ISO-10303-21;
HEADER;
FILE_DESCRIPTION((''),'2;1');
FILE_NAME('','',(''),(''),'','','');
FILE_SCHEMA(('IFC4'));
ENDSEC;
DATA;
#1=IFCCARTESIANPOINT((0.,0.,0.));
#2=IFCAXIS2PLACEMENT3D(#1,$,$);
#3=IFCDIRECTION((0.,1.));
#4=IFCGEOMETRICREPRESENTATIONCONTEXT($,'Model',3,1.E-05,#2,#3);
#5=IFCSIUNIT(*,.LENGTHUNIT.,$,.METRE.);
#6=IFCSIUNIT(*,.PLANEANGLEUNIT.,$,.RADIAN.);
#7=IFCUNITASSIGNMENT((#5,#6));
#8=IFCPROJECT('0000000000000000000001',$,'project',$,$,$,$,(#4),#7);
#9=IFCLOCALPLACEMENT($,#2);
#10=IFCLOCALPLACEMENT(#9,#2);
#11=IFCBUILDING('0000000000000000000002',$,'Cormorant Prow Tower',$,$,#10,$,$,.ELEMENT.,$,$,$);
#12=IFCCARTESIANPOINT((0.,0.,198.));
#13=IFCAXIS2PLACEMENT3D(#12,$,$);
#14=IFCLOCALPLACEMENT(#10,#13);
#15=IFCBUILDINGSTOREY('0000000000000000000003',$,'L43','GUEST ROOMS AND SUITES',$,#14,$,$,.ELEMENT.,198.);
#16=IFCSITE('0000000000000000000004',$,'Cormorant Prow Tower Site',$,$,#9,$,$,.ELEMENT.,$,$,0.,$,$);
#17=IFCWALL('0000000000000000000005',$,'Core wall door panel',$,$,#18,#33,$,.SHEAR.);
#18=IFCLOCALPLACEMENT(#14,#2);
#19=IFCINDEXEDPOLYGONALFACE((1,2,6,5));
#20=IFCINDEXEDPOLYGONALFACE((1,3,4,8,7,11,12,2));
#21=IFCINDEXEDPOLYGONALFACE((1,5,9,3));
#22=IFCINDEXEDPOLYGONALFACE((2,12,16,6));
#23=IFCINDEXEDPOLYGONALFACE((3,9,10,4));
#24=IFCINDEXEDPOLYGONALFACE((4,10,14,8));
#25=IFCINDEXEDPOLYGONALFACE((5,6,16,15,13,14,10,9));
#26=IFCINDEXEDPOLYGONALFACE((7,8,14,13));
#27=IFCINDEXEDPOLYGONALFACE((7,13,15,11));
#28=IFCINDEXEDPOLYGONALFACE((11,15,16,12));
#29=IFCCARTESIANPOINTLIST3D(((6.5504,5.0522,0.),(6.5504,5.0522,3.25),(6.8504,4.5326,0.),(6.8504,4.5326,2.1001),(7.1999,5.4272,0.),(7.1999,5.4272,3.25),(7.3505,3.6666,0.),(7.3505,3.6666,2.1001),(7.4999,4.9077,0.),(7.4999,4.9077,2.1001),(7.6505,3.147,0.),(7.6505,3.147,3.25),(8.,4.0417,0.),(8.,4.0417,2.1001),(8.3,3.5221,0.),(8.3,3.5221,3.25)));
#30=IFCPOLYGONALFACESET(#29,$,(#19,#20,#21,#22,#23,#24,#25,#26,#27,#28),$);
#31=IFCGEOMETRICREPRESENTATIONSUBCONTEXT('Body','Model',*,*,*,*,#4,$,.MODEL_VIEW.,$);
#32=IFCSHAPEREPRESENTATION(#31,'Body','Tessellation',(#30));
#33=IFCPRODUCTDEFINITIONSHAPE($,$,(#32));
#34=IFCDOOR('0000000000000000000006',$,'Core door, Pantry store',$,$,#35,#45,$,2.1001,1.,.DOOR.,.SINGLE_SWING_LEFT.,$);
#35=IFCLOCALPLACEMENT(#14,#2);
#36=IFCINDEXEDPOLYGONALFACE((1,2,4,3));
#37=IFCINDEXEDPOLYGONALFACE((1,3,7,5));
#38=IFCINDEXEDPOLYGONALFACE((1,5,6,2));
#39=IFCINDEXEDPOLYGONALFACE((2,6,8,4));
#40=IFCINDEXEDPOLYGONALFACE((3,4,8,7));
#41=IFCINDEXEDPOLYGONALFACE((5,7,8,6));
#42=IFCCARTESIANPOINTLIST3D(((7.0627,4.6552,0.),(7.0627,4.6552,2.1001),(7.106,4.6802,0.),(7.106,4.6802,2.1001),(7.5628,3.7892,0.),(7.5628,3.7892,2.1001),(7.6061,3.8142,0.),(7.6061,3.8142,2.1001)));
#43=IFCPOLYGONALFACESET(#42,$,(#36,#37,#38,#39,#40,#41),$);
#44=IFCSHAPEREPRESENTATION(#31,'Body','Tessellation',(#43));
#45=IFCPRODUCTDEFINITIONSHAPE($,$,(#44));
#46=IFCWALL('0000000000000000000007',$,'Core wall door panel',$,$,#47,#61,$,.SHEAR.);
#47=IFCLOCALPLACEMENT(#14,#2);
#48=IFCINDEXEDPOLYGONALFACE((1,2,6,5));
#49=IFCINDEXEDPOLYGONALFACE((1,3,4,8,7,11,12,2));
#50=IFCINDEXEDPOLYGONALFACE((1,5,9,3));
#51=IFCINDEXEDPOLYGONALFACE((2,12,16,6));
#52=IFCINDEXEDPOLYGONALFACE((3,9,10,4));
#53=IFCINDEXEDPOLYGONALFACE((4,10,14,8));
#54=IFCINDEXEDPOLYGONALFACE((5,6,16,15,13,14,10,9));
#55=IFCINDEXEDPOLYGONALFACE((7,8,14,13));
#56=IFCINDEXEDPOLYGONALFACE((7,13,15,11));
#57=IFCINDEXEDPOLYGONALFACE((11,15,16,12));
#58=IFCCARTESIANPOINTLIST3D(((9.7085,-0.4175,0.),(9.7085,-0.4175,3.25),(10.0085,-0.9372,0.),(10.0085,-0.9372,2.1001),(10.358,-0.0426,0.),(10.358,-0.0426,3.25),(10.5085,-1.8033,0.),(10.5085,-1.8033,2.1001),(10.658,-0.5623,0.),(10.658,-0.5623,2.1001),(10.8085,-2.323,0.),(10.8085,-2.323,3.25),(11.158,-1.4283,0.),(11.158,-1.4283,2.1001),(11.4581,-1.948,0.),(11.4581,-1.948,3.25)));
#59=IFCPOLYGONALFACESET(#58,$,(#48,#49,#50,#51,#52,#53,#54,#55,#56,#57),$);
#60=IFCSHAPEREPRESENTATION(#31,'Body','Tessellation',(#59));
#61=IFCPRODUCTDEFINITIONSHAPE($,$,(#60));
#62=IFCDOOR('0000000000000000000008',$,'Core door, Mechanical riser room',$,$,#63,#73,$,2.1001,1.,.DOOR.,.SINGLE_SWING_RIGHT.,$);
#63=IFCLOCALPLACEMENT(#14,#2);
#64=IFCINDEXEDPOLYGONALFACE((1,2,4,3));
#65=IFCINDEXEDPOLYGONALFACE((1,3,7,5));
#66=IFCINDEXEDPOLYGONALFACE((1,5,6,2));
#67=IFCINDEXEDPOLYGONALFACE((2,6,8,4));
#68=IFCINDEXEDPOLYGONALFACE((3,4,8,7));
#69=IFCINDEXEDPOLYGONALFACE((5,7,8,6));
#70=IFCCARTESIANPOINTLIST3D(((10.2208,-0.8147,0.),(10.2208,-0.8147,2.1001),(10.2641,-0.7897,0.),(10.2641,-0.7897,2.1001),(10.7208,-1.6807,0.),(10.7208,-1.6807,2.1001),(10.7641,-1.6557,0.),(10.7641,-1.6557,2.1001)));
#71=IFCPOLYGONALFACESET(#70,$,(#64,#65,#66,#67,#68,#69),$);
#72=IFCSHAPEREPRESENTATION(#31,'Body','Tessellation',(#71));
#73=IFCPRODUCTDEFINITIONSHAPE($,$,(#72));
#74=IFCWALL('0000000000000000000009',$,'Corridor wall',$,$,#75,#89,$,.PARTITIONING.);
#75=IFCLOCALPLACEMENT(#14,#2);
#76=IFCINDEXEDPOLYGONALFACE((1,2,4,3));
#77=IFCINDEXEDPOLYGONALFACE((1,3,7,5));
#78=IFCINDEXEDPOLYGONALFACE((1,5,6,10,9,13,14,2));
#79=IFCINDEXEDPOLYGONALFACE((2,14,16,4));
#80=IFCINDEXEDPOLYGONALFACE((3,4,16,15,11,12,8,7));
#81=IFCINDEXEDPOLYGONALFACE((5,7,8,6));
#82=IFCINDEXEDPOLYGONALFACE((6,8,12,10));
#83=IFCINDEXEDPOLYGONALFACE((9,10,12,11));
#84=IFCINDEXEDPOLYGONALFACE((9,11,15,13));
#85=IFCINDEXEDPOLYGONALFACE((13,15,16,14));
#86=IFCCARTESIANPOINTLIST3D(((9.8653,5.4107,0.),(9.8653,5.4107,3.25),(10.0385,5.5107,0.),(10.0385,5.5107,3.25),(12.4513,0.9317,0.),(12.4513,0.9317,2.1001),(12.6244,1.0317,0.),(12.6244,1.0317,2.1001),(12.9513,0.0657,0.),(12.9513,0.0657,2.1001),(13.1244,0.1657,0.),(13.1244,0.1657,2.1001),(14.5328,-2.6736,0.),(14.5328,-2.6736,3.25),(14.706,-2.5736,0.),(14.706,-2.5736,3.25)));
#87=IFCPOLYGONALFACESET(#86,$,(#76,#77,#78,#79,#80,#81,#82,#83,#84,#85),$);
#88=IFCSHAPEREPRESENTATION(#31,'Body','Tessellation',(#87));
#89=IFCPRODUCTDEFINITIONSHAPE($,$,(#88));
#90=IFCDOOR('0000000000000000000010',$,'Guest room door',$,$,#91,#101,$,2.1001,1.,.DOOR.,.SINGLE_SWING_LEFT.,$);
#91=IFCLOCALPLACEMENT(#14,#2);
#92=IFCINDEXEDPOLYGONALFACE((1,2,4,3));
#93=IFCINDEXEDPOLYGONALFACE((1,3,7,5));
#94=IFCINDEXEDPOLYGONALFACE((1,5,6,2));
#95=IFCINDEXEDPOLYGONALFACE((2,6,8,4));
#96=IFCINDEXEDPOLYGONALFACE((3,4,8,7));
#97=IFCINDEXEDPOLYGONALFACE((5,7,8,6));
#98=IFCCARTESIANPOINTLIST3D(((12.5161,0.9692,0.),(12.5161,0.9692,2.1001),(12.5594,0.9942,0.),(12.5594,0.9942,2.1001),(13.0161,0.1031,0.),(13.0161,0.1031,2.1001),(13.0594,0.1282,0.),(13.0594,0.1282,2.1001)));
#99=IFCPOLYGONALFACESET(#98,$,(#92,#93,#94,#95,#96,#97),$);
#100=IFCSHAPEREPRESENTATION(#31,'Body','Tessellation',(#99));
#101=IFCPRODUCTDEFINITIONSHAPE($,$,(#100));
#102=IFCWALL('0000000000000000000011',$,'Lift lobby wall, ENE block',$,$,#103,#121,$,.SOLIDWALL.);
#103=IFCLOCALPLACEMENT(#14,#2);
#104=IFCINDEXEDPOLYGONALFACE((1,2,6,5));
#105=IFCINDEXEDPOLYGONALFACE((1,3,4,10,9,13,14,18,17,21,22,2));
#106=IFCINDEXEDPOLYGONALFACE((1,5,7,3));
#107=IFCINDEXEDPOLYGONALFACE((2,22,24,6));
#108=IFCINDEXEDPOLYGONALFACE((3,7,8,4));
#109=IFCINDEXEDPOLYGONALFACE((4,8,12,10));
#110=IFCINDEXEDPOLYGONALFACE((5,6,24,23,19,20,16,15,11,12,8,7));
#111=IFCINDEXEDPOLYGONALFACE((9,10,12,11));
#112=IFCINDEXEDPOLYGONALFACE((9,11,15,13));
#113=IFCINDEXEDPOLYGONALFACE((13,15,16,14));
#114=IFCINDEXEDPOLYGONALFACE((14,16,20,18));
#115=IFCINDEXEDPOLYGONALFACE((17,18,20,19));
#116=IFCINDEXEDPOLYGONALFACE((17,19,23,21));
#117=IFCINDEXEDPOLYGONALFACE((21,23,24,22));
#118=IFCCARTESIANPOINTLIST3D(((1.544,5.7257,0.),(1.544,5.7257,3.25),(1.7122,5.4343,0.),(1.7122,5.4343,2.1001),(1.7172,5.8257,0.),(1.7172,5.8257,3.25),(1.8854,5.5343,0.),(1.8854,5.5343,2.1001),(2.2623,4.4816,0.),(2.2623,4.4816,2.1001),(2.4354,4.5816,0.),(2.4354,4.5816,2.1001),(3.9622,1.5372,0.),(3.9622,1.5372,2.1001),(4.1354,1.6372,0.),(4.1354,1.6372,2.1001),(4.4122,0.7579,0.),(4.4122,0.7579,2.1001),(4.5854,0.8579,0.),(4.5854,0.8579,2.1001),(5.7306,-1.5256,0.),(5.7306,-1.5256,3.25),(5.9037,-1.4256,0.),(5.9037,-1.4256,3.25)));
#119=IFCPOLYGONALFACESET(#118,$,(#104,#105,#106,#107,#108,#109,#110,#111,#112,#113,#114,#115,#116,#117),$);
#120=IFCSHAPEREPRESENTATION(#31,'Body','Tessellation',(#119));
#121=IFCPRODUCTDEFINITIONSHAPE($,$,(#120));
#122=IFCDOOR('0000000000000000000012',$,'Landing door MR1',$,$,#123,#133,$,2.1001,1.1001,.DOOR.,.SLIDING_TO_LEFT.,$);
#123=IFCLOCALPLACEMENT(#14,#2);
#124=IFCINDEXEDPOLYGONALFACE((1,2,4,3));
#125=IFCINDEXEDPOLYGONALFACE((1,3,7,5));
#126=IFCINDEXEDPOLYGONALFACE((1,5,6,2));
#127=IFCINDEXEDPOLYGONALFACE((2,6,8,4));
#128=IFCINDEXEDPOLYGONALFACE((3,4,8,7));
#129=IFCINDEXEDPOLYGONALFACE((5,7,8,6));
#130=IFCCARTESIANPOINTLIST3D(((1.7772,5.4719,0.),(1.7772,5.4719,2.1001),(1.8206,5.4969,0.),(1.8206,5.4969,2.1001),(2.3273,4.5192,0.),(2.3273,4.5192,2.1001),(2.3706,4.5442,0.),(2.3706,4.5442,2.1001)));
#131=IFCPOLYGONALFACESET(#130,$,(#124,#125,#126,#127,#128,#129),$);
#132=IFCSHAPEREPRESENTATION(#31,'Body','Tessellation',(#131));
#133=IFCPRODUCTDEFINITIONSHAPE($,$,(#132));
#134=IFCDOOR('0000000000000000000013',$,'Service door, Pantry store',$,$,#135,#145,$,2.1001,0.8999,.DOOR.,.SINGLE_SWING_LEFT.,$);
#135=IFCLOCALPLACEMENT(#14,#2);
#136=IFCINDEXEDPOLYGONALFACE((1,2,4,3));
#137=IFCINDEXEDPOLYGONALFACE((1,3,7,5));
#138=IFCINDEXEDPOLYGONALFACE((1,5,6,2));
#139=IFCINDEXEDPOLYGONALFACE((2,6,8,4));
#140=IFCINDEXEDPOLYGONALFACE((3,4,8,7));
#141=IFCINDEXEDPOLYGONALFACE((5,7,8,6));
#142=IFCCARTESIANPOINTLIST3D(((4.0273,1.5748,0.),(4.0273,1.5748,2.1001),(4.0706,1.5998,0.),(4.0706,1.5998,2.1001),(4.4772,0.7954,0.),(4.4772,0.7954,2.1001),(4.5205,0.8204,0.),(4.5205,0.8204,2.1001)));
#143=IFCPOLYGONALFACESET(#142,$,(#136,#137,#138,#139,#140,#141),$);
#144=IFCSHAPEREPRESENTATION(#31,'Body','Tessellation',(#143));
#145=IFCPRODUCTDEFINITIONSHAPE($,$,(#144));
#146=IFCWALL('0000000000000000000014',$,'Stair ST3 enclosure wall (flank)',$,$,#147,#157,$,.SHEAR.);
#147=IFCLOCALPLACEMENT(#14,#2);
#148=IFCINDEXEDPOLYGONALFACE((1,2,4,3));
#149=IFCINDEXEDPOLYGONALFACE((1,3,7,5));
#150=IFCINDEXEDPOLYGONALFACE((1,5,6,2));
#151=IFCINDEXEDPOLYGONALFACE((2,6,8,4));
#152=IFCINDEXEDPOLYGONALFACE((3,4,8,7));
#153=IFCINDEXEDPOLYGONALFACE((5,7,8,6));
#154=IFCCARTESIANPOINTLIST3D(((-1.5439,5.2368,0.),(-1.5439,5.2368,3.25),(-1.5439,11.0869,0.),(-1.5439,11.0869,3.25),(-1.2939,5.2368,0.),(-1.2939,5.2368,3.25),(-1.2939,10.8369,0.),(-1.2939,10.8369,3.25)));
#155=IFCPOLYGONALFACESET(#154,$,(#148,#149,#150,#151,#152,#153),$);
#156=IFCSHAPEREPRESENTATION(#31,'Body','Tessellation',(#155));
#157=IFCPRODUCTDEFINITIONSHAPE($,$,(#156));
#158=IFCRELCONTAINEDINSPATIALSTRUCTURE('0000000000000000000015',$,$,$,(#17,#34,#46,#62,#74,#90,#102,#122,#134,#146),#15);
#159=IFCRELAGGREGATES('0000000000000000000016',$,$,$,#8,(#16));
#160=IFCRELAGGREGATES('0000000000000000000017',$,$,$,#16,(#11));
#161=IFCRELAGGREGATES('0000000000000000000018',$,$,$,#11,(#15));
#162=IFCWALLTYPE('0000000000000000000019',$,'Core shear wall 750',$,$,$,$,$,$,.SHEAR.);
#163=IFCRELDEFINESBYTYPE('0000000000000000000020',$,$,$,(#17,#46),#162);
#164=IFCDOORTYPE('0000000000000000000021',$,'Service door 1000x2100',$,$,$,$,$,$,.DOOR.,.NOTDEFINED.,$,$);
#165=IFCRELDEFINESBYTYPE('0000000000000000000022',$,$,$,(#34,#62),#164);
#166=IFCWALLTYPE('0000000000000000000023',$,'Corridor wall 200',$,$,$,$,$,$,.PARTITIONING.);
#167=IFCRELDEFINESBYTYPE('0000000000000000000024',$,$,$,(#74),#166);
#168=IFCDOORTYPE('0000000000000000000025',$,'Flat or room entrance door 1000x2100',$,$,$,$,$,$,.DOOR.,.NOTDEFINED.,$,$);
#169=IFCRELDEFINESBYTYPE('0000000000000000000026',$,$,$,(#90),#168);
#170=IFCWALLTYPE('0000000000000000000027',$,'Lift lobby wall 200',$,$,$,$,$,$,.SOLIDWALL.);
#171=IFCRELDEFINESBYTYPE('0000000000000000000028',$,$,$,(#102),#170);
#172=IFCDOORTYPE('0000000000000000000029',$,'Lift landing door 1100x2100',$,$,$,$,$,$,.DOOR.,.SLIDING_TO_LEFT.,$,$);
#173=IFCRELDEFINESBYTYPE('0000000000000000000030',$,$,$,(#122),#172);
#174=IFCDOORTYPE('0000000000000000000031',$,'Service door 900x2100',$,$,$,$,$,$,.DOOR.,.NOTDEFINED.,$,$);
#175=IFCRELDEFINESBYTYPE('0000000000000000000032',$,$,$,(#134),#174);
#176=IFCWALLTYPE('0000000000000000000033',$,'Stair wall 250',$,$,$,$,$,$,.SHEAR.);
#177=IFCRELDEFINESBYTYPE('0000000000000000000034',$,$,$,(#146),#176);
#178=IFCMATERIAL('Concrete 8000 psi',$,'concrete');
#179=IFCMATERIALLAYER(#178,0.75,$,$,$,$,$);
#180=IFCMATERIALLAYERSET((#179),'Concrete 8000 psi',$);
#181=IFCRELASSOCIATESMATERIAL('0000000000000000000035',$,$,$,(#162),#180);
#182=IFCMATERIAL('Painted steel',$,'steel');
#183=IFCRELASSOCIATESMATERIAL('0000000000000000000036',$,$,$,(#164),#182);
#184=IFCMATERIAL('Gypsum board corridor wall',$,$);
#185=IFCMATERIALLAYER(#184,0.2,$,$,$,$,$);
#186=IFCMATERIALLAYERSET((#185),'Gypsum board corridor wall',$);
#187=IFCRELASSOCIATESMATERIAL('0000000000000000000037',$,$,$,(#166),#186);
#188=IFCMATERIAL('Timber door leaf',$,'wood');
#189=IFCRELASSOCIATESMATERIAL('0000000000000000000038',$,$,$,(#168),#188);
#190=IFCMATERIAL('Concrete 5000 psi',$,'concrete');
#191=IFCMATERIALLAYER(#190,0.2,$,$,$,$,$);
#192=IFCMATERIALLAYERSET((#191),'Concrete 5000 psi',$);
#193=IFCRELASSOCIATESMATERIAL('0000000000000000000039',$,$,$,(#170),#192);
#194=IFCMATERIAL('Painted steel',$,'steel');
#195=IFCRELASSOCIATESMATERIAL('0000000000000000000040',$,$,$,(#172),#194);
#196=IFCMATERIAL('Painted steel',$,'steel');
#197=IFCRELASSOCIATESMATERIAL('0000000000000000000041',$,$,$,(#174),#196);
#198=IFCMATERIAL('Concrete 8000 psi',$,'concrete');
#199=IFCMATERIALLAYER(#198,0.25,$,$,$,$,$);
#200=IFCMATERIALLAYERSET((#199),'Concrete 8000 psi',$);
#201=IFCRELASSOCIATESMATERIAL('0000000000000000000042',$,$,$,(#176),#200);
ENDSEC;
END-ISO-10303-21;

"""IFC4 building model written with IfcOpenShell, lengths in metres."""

from ifc_helpers import new_model, si_unit, direction, frame, frame_2d, origin, place, context, subcontext, project, spatial, polyline, rectangle, outline, extrude, material, layer, layer_set, type_object, element, fill, save


model = new_model("IFC4")

# Units and contexts
model_context = context("Model", 3, precision=1e-05, world=origin(), true_north=direction((0.0, 1.0)))
body_context = subcontext(model_context, "Body", "Model", "MODEL_VIEW")
ifc_project = project(units=[si_unit("LENGTHUNIT", "METRE"), si_unit("PLANEANGLEUNIT", "RADIAN")], contexts=[model_context])

# Site, building, storey
site_placement = place(None, origin())
site = spatial("IfcSite", under=ifc_project, at=site_placement, Name="Cormorant Prow Tower Site", CompositionType="ELEMENT", RefElevation=0.0)
building_placement = place(site_placement, origin())
building = spatial("IfcBuilding", under=site, at=building_placement, Name="Cormorant Prow Tower", CompositionType="ELEMENT")
storey_placement = place(building_placement, frame((0.0, 0.0, 198.0)))
storey = spatial("IfcBuildingStorey", under=building, at=storey_placement, Name="L43", Description="GUEST ROOMS AND SUITES", CompositionType="ELEMENT", Elevation=198.0)

# Shared definitions
ifc_material_1 = material(Name="Concrete 8000 psi", Category="concrete")
ifc_layer_1 = layer(ifc_material_1, 0.75)
ifc_layer_set_1 = layer_set([ifc_layer_1], Name="Concrete 8000 psi")
wall_type_1 = type_object("IfcWallType", Name="Core shear wall 750", PredefinedType="SHEAR", material=ifc_layer_set_1)

# Walls, openings, doors
wall_1_placement = place(storey_placement, frame((7.9753, 3.3345, 0.0), z_axis=(0.0, 0.0, 1.0), x_axis=(-0.500078, 0.86598, 0.0)))
wall_1 = element("IfcWall", 1, at=wall_1_placement, inside=storey, type_object=wall_type_1, Name="Core wall door panel", PredefinedType="SHEAR", context=body_context, shape_type="SweptSolid", body=[
    extrude(rectangle(XDim=2.2, YDim=0.75, at=frame_2d((1.1001, 0.0))), origin(), (0.0, 0.0, 1.0), 3.25),
])
opening_1_placement = place(wall_1_placement, frame((0.6001, 0.0, 0.0)))
opening_1 = element("IfcOpeningElement", 2, at=opening_1_placement, cuts=wall_1, PredefinedType="OPENING", context=body_context, shape_type="SweptSolid", body=[
    extrude(rectangle(XDim=1.0, YDim=2.1001, at=frame_2d((0.5, 1.05))), frame((0.0, 0.385, 0.0), z_axis=(0.0, -1.0, 0.0), x_axis=(1.0, 0.0, 0.0)), (0.0, 0.0, 1.0), 0.77),
])
ifc_material_2 = material(Name="Painted steel", Category="steel")
door_type_1 = type_object("IfcDoorType", Name="Service door 1000x2100", OperationType="NOTDEFINED", PredefinedType="DOOR", material=ifc_material_2)
door_1_placement = place(opening_1_placement, origin())
door_1 = element("IfcDoor", 3, at=door_1_placement, inside=storey, type_object=door_type_1, Name="Core door, Pantry store", OperationType="SINGLE_SWING_LEFT", OverallHeight=2.1001, OverallWidth=1.0, PredefinedType="DOOR", context=body_context, shape_type="SweptSolid", body=[
    extrude(rectangle(XDim=1.0, YDim=2.1001, at=frame_2d((0.5, 1.05))), frame((0.0, 0.1299, 0.0), z_axis=(0.0, -1.0, 0.0), x_axis=(1.0, 0.0, 0.0)), (0.0, 0.0, 1.0), 0.05),
])
fill(opening_1, door_1)
wall_2_placement = place(storey_placement, frame((11.1333, -2.1355, 0.0), z_axis=(0.0, 0.0, 1.0), x_axis=(-0.499982, 0.866036, 0.0)))
wall_2 = element("IfcWall", 4, at=wall_2_placement, inside=storey, type_object=wall_type_1, Name="Core wall door panel", PredefinedType="SHEAR", context=body_context, shape_type="SweptSolid", body=[
    extrude(rectangle(XDim=2.2002, YDim=0.75, at=frame_2d((1.1001, 0.0))), origin(), (0.0, 0.0, 1.0), 3.25),
])
opening_2_placement = place(wall_2_placement, frame((0.6001, 0.0, 0.0)))
opening_2 = element("IfcOpeningElement", 5, at=opening_2_placement, cuts=wall_2, PredefinedType="OPENING", context=body_context, shape_type="SweptSolid", body=[
    extrude(rectangle(XDim=1.0, YDim=2.1001, at=frame_2d((0.5, 1.05))), frame((0.0, 0.385, 0.0), z_axis=(0.0, -1.0, 0.0), x_axis=(1.0, 0.0, 0.0)), (0.0, 0.0, 1.0), 0.77),
])
door_2_placement = place(opening_2_placement, origin())
door_2 = element("IfcDoor", 6, at=door_2_placement, inside=storey, type_object=door_type_1, Name="Core door, Mechanical riser room", OperationType="SINGLE_SWING_RIGHT", OverallHeight=2.1001, OverallWidth=1.0, PredefinedType="DOOR", context=body_context, shape_type="SweptSolid", body=[
    extrude(rectangle(XDim=1.0, YDim=2.1001, at=frame_2d((0.5, 1.05))), frame((0.0, 0.1299, 0.0), z_axis=(0.0, -1.0, 0.0), x_axis=(1.0, 0.0, 0.0)), (0.0, 0.0, 1.0), 0.05),
])
fill(opening_2, door_2)
ifc_material_3 = material(Name="Gypsum board corridor wall")
ifc_layer_2 = layer(ifc_material_3, 0.2)
ifc_layer_set_2 = layer_set([ifc_layer_2], Name="Gypsum board corridor wall")
wall_type_2 = type_object("IfcWallType", Name="Corridor wall 200", PredefinedType="PARTITIONING", material=ifc_layer_set_2)
wall_3_placement = place(storey_placement, frame((9.9519, 5.4607, 0.0), z_axis=(0.0, 0.0, 1.0), x_axis=(0.500004, -0.866023, 0.0)))
wall_3 = element("IfcWall", 7, at=wall_3_placement, inside=storey, type_object=wall_type_2, Name="Corridor wall", PredefinedType="PARTITIONING", context=body_context, shape_type="SweptSolid", body=[
    extrude(rectangle(XDim=9.335, YDim=0.2, at=frame_2d((4.6675, 0.0))), origin(), (0.0, 0.0, 1.0), 3.25),
])
opening_3_placement = place(wall_3_placement, frame((5.1719, 0.0, 0.0)))
opening_3 = element("IfcOpeningElement", 8, at=opening_3_placement, cuts=wall_3, PredefinedType="OPENING", context=body_context, shape_type="SweptSolid", body=[
    extrude(rectangle(XDim=1.0, YDim=2.1001, at=frame_2d((0.5, 1.05))), frame((0.0, 0.1099, 0.0), z_axis=(0.0, -1.0, 0.0), x_axis=(1.0, 0.0, 0.0)), (0.0, 0.0, 1.0), 0.22),
])
ifc_material_4 = material(Name="Timber door leaf", Category="wood")
door_type_2 = type_object("IfcDoorType", Name="Flat or room entrance door 1000x2100", OperationType="NOTDEFINED", PredefinedType="DOOR", material=ifc_material_4)
door_3_placement = place(opening_3_placement, origin())
door_3 = element("IfcDoor", 9, at=door_3_placement, inside=storey, type_object=door_type_2, Name="Guest room door", OperationType="SINGLE_SWING_LEFT", OverallHeight=2.1001, OverallWidth=1.0, PredefinedType="DOOR", context=body_context, shape_type="SweptSolid", body=[
    extrude(rectangle(XDim=1.0, YDim=2.1001, at=frame_2d((0.5, 1.05))), frame((0.0, 0.0249, 0.0), z_axis=(0.0, -1.0, 0.0), x_axis=(1.0, 0.0, 0.0)), (0.0, 0.0, 1.0), 0.05),
])
fill(opening_3, door_3)

# Wall, openings, doors
ifc_material_5 = material(Name="Concrete 5000 psi", Category="concrete")
ifc_layer_3 = layer(ifc_material_5, 0.2)
ifc_layer_set_3 = layer_set([ifc_layer_3], Name="Concrete 5000 psi")
wall_type_3 = type_object("IfcWallType", Name="Lift lobby wall 200", PredefinedType="SOLIDWALL", material=ifc_layer_set_3)
wall_4_placement = place(storey_placement, frame((5.8171, -1.4756, 0.0), z_axis=(0.0, 0.0, 1.0), x_axis=(-0.500003, 0.866024, 0.0)))
wall_4 = element("IfcWall", 10, at=wall_4_placement, inside=storey, type_object=wall_type_3, Name="Lift lobby wall, ENE block", PredefinedType="SOLIDWALL", context=body_context, shape_type="SweptSolid", body=[
    extrude(rectangle(XDim=8.373, YDim=0.2, at=frame_2d((4.1865, 0.0))), origin(), (0.0, 0.0, 1.0), 3.25),
])
opening_4_placement = place(wall_4_placement, frame((2.6367, 0.0, 0.0)))
opening_4 = element("IfcOpeningElement", 11, at=opening_4_placement, cuts=wall_4, PredefinedType="OPENING", context=body_context, shape_type="SweptSolid", body=[
    extrude(rectangle(XDim=0.8999, YDim=2.1001, at=frame_2d((0.45, 1.05))), frame((0.0, 0.1099, 0.0), z_axis=(0.0, -1.0, 0.0), x_axis=(1.0, 0.0, 0.0)), (0.0, 0.0, 1.0), 0.22),
])
opening_5_placement = place(wall_4_placement, frame((6.9365, 0.0, 0.0)))
opening_5 = element("IfcOpeningElement", 12, at=opening_5_placement, cuts=wall_4, PredefinedType="OPENING", context=body_context, shape_type="SweptSolid", body=[
    extrude(rectangle(XDim=1.1001, YDim=2.1001, at=frame_2d((0.55, 1.05))), frame((0.0, 0.1099, 0.0), z_axis=(0.0, -1.0, 0.0), x_axis=(1.0, 0.0, 0.0)), (0.0, 0.0, 1.0), 0.22),
])
ifc_material_6 = material(Name="Painted steel", Category="steel")
door_type_3 = type_object("IfcDoorType", Name="Lift landing door 1100x2100", OperationType="SLIDING_TO_LEFT", PredefinedType="DOOR", material=ifc_material_6)
door_4_placement = place(opening_5_placement, origin())
door_4 = element("IfcDoor", 13, at=door_4_placement, inside=storey, type_object=door_type_3, Name="Landing door MR1", OperationType="SLIDING_TO_LEFT", OverallHeight=2.1001, OverallWidth=1.1001, PredefinedType="DOOR", context=body_context, shape_type="SweptSolid", body=[
    extrude(rectangle(XDim=1.1001, YDim=2.1001, at=frame_2d((0.55, 1.05))), frame((0.0, 0.0249, 0.0), z_axis=(0.0, -1.0, 0.0), x_axis=(1.0, 0.0, 0.0)), (0.0, 0.0, 1.0), 0.05),
])
fill(opening_5, door_4)
ifc_material_7 = material(Name="Painted steel", Category="steel")
door_type_4 = type_object("IfcDoorType", Name="Service door 900x2100", OperationType="NOTDEFINED", PredefinedType="DOOR", material=ifc_material_7)
door_5_placement = place(opening_4_placement, origin())
door_5 = element("IfcDoor", 14, at=door_5_placement, inside=storey, type_object=door_type_4, Name="Service door, Pantry store", OperationType="SINGLE_SWING_LEFT", OverallHeight=2.1001, OverallWidth=0.8999, PredefinedType="DOOR", context=body_context, shape_type="SweptSolid", body=[
    extrude(rectangle(XDim=0.8999, YDim=2.1001, at=frame_2d((0.45, 1.05))), frame((0.0, 0.0249, 0.0), z_axis=(0.0, -1.0, 0.0), x_axis=(1.0, 0.0, 0.0)), (0.0, 0.0, 1.0), 0.05),
])
fill(opening_4, door_5)

# Wall
ifc_material_8 = material(Name="Concrete 8000 psi", Category="concrete")
ifc_layer_4 = layer(ifc_material_8, 0.25)
ifc_layer_set_4 = layer_set([ifc_layer_4], Name="Concrete 8000 psi")
wall_type_4 = type_object("IfcWallType", Name="Stair wall 250", PredefinedType="SHEAR", material=ifc_layer_set_4)
wall_5_placement = place(storey_placement, origin())
element("IfcWall", 15, at=wall_5_placement, inside=storey, type_object=wall_type_4, Name="Stair ST3 enclosure wall (flank)", PredefinedType="SHEAR", context=body_context, shape_type="SweptSolid", body=[
    extrude(outline(polyline([(-1.2939, 10.8369), (-1.5439, 11.0869), (-1.5439, 5.2368), (-1.2939, 5.2368), (-1.2939, 10.8369)])), origin(), (0.0, 0.0, 1.0), 3.25),
])

save(model, "model.ifc")
